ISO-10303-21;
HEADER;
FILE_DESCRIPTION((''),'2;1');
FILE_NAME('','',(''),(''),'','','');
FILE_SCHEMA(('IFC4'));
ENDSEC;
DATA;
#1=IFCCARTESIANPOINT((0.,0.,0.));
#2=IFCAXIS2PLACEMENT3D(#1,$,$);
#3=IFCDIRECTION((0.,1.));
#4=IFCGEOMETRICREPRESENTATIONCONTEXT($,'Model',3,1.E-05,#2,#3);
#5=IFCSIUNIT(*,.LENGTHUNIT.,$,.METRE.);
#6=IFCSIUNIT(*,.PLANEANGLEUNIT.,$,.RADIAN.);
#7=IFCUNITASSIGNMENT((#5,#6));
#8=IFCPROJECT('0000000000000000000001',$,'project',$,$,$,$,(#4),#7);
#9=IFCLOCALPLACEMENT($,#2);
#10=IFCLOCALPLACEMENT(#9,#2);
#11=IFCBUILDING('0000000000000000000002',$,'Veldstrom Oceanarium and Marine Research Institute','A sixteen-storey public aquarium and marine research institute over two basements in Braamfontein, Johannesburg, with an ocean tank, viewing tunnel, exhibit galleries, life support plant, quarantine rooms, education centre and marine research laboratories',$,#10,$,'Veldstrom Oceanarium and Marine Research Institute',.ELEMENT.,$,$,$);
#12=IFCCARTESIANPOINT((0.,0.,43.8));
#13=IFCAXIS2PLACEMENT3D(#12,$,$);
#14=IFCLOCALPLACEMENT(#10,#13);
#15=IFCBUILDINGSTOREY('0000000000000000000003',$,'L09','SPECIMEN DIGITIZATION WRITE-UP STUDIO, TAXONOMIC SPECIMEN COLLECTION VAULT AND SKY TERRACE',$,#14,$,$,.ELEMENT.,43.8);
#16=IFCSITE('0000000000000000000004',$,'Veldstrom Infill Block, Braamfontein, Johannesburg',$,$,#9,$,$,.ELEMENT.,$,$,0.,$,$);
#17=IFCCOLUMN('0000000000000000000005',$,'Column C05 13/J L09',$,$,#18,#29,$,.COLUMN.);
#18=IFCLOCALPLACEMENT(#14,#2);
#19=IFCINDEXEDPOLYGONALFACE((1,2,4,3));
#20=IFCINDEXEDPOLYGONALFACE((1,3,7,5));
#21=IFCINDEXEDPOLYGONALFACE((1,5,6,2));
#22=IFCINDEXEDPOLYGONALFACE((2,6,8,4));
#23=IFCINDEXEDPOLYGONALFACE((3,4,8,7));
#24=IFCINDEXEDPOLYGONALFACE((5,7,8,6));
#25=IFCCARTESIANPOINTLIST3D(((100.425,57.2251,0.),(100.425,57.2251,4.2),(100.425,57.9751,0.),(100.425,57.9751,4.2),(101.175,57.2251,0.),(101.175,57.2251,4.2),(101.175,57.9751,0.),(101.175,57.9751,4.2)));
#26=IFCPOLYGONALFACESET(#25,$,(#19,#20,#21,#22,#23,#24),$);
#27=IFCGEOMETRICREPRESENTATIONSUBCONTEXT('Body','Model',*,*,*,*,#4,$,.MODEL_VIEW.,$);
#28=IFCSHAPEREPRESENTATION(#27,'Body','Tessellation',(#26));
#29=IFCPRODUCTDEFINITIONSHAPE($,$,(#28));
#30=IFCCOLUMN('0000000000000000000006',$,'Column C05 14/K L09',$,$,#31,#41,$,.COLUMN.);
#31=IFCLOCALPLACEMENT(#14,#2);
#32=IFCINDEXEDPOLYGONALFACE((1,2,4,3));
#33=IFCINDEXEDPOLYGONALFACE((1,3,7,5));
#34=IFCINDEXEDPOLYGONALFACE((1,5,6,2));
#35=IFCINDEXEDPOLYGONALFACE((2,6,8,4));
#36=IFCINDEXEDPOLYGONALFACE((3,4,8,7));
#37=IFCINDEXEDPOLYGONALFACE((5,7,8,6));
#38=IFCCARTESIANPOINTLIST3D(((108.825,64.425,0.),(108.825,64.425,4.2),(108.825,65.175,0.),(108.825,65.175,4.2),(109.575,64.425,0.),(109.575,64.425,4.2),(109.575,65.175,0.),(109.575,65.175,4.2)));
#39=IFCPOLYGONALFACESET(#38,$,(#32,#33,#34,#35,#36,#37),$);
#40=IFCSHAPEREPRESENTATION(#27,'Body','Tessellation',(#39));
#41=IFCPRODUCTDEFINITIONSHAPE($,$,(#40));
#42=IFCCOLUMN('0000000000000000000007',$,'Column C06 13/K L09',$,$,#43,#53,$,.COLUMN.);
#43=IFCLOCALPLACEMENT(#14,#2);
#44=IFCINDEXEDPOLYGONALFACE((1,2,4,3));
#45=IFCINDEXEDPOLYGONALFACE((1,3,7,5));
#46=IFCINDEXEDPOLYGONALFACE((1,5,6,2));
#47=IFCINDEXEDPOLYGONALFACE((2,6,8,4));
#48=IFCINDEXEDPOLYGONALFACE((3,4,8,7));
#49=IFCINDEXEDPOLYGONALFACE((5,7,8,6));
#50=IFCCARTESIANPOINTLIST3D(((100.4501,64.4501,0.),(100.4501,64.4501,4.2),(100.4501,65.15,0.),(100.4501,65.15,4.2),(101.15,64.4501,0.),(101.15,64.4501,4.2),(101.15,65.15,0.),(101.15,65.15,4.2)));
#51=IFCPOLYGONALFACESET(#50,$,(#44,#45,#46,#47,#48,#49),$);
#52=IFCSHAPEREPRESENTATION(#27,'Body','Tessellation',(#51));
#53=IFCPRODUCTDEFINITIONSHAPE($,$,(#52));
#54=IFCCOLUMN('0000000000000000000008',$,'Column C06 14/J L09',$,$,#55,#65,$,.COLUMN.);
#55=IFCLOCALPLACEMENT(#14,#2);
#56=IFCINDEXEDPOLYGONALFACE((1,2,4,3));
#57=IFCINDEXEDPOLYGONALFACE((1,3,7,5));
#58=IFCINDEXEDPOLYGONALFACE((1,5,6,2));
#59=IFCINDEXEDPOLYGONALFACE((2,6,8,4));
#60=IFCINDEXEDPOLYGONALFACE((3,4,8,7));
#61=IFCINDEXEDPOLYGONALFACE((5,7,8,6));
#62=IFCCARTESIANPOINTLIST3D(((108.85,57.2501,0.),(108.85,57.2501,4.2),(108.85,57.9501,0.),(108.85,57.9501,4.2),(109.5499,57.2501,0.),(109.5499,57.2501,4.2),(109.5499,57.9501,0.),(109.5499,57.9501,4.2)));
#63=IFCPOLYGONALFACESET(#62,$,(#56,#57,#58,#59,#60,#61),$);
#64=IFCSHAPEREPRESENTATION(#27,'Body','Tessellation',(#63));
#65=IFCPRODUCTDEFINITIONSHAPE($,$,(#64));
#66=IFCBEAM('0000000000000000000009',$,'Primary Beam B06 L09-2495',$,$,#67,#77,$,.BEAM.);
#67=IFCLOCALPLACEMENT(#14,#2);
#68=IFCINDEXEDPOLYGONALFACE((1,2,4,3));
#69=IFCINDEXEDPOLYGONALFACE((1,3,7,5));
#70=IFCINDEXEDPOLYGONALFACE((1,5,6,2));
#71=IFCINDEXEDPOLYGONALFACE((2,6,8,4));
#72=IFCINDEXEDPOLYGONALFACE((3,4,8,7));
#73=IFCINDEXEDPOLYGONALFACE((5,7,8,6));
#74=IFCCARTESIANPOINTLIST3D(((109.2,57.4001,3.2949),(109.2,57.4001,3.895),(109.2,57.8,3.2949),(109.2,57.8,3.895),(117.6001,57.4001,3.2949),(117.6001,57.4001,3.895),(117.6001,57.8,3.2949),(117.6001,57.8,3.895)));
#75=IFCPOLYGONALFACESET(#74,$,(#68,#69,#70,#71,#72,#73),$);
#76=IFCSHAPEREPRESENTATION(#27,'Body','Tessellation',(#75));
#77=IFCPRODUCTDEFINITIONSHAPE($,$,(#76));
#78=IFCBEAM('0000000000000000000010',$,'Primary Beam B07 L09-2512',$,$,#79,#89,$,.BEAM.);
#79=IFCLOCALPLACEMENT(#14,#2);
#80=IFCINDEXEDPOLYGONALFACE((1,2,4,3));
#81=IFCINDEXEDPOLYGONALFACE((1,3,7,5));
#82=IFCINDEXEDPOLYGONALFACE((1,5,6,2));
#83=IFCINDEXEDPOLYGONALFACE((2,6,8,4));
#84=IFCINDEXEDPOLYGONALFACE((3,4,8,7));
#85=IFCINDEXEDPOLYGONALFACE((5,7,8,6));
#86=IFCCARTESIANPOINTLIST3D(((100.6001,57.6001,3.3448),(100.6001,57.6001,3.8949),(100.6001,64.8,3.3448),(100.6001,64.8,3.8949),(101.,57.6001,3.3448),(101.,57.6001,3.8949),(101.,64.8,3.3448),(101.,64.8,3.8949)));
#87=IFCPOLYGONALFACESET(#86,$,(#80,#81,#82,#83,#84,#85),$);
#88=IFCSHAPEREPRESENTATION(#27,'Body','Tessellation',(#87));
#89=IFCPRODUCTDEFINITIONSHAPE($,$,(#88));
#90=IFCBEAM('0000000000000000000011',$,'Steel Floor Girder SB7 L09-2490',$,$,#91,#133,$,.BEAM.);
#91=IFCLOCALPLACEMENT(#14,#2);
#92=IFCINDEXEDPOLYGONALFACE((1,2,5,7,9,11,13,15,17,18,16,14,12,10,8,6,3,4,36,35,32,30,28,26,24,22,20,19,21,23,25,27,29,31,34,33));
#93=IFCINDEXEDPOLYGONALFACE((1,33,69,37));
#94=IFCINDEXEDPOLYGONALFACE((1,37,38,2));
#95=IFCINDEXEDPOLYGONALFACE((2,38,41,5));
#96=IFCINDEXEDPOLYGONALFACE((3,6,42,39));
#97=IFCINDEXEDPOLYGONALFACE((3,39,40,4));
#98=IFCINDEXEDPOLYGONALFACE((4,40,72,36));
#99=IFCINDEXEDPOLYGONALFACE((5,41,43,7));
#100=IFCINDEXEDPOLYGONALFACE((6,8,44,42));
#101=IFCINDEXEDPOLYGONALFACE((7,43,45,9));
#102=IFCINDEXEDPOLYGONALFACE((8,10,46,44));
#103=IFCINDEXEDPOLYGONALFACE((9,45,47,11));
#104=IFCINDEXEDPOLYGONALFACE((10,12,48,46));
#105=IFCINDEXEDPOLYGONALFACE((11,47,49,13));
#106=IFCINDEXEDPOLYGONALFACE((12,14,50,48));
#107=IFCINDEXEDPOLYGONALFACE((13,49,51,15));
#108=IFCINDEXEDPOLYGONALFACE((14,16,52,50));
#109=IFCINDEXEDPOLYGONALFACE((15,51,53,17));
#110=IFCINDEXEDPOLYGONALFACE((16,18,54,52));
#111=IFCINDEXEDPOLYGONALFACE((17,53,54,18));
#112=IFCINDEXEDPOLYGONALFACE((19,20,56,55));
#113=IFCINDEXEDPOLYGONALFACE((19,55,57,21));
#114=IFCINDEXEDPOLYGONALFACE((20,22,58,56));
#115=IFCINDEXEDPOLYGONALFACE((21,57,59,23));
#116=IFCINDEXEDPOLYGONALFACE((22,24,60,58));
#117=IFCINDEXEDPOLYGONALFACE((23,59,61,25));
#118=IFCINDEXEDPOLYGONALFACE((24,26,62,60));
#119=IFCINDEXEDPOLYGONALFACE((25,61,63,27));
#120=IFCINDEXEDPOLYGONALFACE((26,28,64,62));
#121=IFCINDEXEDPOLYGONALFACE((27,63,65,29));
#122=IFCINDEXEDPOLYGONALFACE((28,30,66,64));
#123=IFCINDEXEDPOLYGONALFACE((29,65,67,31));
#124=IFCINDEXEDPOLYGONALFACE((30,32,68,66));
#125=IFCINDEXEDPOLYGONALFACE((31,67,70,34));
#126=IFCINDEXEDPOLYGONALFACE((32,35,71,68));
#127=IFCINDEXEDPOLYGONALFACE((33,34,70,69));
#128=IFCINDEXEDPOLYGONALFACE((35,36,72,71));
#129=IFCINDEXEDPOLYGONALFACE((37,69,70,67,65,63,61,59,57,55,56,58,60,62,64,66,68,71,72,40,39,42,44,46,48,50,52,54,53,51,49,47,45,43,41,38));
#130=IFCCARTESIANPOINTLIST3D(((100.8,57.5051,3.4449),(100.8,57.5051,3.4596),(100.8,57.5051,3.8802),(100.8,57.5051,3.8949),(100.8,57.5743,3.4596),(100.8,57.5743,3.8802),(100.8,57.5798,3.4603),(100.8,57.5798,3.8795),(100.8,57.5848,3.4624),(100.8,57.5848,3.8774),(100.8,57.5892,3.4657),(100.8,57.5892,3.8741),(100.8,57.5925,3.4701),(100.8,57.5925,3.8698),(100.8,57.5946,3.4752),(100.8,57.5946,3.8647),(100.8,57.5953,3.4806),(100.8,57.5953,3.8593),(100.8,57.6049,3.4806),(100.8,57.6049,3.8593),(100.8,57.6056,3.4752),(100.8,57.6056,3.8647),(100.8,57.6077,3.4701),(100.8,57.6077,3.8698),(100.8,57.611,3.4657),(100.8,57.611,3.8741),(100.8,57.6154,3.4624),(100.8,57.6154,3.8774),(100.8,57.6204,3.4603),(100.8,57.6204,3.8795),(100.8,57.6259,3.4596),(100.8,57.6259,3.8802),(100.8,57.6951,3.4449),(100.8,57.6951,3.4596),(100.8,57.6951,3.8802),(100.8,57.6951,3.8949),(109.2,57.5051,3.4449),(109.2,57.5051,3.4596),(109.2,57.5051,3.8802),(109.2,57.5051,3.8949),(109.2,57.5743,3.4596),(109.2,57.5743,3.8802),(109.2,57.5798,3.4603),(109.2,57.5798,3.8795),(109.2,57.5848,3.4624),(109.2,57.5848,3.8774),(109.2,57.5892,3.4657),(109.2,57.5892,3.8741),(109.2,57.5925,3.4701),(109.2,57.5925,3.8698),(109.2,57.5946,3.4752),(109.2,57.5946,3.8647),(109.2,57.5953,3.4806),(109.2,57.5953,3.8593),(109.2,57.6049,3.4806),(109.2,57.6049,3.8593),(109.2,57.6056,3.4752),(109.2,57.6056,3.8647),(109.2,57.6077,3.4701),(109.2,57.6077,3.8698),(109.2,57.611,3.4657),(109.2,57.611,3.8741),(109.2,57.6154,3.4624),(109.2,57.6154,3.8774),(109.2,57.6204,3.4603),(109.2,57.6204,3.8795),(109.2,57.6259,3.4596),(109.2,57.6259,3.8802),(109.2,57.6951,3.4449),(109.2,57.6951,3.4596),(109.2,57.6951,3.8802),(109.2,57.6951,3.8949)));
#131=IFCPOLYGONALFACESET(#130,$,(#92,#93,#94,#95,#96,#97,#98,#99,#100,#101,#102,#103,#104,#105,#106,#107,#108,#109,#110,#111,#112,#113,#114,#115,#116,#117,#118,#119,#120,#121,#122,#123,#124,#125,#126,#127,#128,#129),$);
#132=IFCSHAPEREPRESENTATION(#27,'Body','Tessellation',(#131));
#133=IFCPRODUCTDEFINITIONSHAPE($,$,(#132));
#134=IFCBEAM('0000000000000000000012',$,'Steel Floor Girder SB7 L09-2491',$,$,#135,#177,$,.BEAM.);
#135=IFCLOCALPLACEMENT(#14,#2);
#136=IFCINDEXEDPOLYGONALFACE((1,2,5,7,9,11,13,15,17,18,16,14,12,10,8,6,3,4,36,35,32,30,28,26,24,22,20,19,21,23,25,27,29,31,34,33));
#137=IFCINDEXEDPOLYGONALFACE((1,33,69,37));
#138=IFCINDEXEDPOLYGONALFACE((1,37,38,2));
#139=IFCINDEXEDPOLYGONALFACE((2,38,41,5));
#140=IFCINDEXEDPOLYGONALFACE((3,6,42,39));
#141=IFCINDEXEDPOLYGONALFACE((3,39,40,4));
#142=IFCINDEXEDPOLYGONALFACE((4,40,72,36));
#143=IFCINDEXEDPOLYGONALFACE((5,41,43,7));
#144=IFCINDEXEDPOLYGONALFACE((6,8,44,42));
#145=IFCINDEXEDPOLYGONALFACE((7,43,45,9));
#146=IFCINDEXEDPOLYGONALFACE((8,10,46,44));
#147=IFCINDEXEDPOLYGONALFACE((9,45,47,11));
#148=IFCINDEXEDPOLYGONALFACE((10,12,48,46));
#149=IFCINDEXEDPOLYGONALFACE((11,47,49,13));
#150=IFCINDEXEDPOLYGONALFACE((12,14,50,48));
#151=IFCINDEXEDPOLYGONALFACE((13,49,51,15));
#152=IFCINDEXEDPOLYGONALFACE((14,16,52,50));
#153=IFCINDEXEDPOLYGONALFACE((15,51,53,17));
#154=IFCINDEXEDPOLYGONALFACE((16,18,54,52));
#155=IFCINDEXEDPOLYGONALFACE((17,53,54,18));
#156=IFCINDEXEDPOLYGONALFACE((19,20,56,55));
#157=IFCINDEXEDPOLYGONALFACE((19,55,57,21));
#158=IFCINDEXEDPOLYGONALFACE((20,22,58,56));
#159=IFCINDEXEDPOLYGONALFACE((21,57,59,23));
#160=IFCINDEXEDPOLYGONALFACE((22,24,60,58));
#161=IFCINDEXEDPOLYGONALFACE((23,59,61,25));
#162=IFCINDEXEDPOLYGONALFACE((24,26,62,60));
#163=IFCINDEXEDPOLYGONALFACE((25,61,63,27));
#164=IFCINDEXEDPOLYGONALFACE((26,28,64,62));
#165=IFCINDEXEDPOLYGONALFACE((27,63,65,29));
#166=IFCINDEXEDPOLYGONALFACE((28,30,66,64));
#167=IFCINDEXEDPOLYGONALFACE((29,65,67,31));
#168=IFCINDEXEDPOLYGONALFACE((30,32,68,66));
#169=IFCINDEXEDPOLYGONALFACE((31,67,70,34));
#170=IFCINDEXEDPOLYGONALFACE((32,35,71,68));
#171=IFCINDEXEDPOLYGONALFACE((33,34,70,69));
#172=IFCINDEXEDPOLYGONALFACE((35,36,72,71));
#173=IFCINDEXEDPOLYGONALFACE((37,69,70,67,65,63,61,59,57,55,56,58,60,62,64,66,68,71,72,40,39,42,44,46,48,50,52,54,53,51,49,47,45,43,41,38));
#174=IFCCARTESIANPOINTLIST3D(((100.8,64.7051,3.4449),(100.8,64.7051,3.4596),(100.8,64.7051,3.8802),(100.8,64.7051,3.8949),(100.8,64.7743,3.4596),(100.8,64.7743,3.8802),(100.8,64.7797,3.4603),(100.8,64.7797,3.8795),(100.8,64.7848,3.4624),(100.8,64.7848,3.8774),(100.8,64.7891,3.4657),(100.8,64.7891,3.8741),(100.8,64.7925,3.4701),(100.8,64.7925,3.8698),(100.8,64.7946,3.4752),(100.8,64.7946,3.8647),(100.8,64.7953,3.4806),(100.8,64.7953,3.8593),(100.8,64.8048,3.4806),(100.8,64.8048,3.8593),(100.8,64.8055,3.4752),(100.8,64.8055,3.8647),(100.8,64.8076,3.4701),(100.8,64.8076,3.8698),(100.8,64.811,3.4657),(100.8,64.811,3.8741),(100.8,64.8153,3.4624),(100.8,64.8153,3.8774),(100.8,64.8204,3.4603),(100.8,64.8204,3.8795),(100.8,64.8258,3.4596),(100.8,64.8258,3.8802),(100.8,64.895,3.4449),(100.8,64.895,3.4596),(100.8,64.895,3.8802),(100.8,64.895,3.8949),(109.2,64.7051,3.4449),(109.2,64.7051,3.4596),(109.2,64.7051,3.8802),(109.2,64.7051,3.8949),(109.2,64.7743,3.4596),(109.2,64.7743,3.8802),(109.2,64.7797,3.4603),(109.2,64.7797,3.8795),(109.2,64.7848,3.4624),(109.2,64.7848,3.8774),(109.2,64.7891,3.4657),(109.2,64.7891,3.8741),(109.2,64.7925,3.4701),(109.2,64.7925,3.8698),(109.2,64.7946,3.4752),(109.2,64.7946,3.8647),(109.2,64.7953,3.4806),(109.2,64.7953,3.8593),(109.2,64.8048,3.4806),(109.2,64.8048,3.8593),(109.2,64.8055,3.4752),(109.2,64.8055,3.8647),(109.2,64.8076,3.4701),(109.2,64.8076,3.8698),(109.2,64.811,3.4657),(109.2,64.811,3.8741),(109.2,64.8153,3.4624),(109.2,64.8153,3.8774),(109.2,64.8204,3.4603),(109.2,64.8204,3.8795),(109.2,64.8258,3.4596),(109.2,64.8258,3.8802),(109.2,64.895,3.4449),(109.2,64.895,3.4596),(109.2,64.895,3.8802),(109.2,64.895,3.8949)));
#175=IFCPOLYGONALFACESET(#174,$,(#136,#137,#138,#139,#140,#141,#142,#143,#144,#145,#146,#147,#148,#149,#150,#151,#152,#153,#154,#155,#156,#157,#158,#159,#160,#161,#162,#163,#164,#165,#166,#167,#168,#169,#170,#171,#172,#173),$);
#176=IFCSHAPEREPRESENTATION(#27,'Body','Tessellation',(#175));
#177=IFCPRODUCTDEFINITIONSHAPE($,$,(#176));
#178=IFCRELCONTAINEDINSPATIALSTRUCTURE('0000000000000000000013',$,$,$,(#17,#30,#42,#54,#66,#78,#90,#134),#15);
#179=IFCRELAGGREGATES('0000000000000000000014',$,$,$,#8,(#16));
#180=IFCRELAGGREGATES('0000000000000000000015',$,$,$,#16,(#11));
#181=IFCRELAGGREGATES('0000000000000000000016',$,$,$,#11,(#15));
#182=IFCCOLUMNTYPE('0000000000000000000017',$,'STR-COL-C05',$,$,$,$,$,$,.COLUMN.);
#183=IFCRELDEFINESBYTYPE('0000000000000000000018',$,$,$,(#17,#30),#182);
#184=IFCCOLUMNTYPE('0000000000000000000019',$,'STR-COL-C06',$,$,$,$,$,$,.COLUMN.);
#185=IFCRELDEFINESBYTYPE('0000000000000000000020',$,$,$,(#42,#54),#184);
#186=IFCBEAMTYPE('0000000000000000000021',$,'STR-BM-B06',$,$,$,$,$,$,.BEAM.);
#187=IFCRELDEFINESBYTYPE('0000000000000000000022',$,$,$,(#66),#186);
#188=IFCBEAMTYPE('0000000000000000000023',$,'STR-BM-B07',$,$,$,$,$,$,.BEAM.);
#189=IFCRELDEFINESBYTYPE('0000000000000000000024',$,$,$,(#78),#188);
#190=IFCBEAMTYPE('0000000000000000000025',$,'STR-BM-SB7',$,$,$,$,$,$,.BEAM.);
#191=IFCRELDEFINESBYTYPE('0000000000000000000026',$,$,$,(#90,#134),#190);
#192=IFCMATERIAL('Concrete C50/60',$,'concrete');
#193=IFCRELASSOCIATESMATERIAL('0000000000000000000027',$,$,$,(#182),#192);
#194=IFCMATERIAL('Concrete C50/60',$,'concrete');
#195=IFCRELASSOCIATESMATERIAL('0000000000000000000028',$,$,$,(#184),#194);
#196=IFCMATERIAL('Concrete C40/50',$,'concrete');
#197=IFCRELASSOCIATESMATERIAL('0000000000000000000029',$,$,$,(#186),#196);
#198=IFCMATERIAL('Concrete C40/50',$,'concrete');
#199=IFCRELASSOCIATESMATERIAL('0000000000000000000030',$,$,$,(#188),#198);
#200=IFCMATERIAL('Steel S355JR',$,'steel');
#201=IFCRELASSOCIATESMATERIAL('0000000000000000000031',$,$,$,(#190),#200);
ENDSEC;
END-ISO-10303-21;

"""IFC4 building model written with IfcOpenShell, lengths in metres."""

from ifc_helpers import new_model, si_unit, direction, frame, origin, origin_2d, place, context, subcontext, project, spatial, rectangle, i_section, extrude, material, material_profile, profile_set, type_object, element, save


model = new_model("IFC4")

# Units and contexts
model_context = context("Model", 3, precision=1e-05, world=origin(), true_north=direction((0.0, 1.0)))
body_context = subcontext(model_context, "Body", "Model", "MODEL_VIEW")
ifc_project = project(units=[si_unit("LENGTHUNIT", "METRE"), si_unit("PLANEANGLEUNIT", "RADIAN")], contexts=[model_context])

# Site, building, storey
site_placement = place(None, origin())
site = spatial("IfcSite", under=ifc_project, at=site_placement, Name="Veldstrom Infill Block, Braamfontein, Johannesburg", CompositionType="ELEMENT", RefElevation=0.0)
building_placement = place(site_placement, origin())
building = spatial("IfcBuilding", under=site, at=building_placement, Name="Veldstrom Oceanarium and Marine Research Institute", Description="A sixteen-storey public aquarium and marine research institute over two basements in Braamfontein, Johannesburg, with an ocean tank, viewing tunnel, exhibit galleries, life support plant, quarantine rooms, education centre and marine research laboratories", LongName="Veldstrom Oceanarium and Marine Research Institute", CompositionType="ELEMENT")
storey_placement = place(building_placement, frame((0.0, 0.0, 43.8)))
storey = spatial("IfcBuildingStorey", under=building, at=storey_placement, Name="L09", Description="SPECIMEN DIGITIZATION WRITE-UP STUDIO, TAXONOMIC SPECIMEN COLLECTION VAULT AND SKY TERRACE", CompositionType="ELEMENT", Elevation=43.8)

# Columns
ifc_material_1 = material(Name="Concrete C50/60", Category="concrete")
ifc_material_profile_1 = material_profile(ifc_material_1, rectangle(XDim=0.75, YDim=0.75, at=origin_2d()), Name="RC-COL-750x750")
ifc_profile_set_1 = profile_set([ifc_material_profile_1], Name="Concrete C50/60")
column_type_1 = type_object("IfcColumnType", Name="STR-COL-C05", PredefinedType="COLUMN", material=ifc_profile_set_1)
for number, where, z_axis, x_axis, name in (
    (1, (100.8, 57.6001, 0.0), (0.0, 0.0, 1.0), (1.0, 0.0, 0.0), "Column C05 13/J L09"),
    (2, (109.2, 64.8, 0.0), (0.0, 0.0, 1.0), (1.0, 0.0, 0.0), "Column C05 14/K L09"),
):
    element("IfcColumn", number, at=place(storey_placement, frame(where, z_axis=z_axis, x_axis=x_axis)), inside=storey, type_object=column_type_1, Name=name, PredefinedType="COLUMN", context=body_context, shape_type="SweptSolid", body=[
        extrude(rectangle(XDim=0.75, YDim=0.75, at=origin_2d()), origin(), (0.0, 0.0, 1.0), 4.2),
    ])
ifc_material_2 = material(Name="Concrete C50/60", Category="concrete")
ifc_material_profile_2 = material_profile(ifc_material_2, rectangle(XDim=0.7, YDim=0.7, at=origin_2d()), Name="RC-COL-700x700")
ifc_profile_set_2 = profile_set([ifc_material_profile_2], Name="Concrete C50/60")
column_type_2 = type_object("IfcColumnType", Name="STR-COL-C06", PredefinedType="COLUMN", material=ifc_profile_set_2)
for number, where, z_axis, x_axis, name in (
    (3, (100.8, 64.8, 0.0), (0.0, 0.0, 1.0), (1.0, 0.0, 0.0), "Column C06 13/K L09"),
    (4, (109.2, 57.6001, 0.0), (0.0, 0.0, 1.0), (1.0, 0.0, 0.0), "Column C06 14/J L09"),
):
    element("IfcColumn", number, at=place(storey_placement, frame(where, z_axis=z_axis, x_axis=x_axis)), inside=storey, type_object=column_type_2, Name=name, PredefinedType="COLUMN", context=body_context, shape_type="SweptSolid", body=[
        extrude(rectangle(XDim=0.7, YDim=0.7, at=origin_2d()), origin(), (0.0, 0.0, 1.0), 4.2),
    ])

# Beams
ifc_material_3 = material(Name="Concrete C40/50", Category="concrete")
ifc_material_profile_3 = material_profile(ifc_material_3, rectangle(XDim=0.3999, YDim=0.6001, at=origin_2d()), Name="RC-BM-400x600")
ifc_profile_set_3 = profile_set([ifc_material_profile_3], Name="Concrete C40/50")
beam_type_1 = type_object("IfcBeamType", Name="STR-BM-B06", PredefinedType="BEAM", material=ifc_profile_set_3)
beam_1_placement = place(storey_placement, frame((109.2, 57.6001, 3.595), z_axis=(1.0, 0.0, 0.0), x_axis=(0.0, 1.0, 0.0)))
element("IfcBeam", 5, at=beam_1_placement, inside=storey, type_object=beam_type_1, Name="Primary Beam B06 L09-2495", PredefinedType="BEAM", context=body_context, shape_type="SweptSolid", body=[
    extrude(rectangle(XDim=0.3999, YDim=0.6001, at=origin_2d()), origin(), (0.0, 0.0, 1.0), 8.4001),
])
ifc_material_4 = material(Name="Concrete C40/50", Category="concrete")
ifc_material_profile_4 = material_profile(ifc_material_4, rectangle(XDim=0.3999, YDim=0.55, at=origin_2d()), Name="RC-BM-400x550")
ifc_profile_set_4 = profile_set([ifc_material_profile_4], Name="Concrete C40/50")
beam_type_2 = type_object("IfcBeamType", Name="STR-BM-B07", PredefinedType="BEAM", material=ifc_profile_set_4)
beam_2_placement = place(storey_placement, frame((100.8, 57.6001, 3.6199), z_axis=(0.0, 1.0, 0.0), x_axis=(-1.0, 0.0, 0.0)))
element("IfcBeam", 6, at=beam_2_placement, inside=storey, type_object=beam_type_2, Name="Primary Beam B07 L09-2512", PredefinedType="BEAM", context=body_context, shape_type="SweptSolid", body=[
    extrude(rectangle(XDim=0.3999, YDim=0.55, at=origin_2d()), origin(), (0.0, 0.0, 1.0), 7.2),
])
ifc_material_5 = material(Name="Steel S355JR", Category="steel")
ifc_material_profile_5 = material_profile(ifc_material_5, i_section(OverallWidth=0.1899, OverallDepth=0.45, WebThickness=0.0095, FlangeThickness=0.0146, FilletRadius=0.021, at=origin_2d()), Name="IPE 450")
ifc_profile_set_5 = profile_set([ifc_material_profile_5], Name="Steel S355JR")
beam_type_3 = type_object("IfcBeamType", Name="STR-BM-SB7", PredefinedType="BEAM", material=ifc_profile_set_5)
for number, where, z_axis, x_axis, name in (
    (7, (100.8, 57.6001, 3.6699), (1.0, 0.0, 0.0), (0.0, 1.0, 0.0), "Steel Floor Girder SB7 L09-2490"),
    (8, (100.8, 64.8, 3.6699), (1.0, 0.0, 0.0), (0.0, 1.0, 0.0), "Steel Floor Girder SB7 L09-2491"),
):
    element("IfcBeam", number, at=place(storey_placement, frame(where, z_axis=z_axis, x_axis=x_axis)), inside=storey, type_object=beam_type_3, Name=name, PredefinedType="BEAM", context=body_context, shape_type="SweptSolid", body=[
        extrude(i_section(OverallWidth=0.1899, OverallDepth=0.45, WebThickness=0.0095, FlangeThickness=0.0146, FilletRadius=0.021, at=origin_2d()), origin(), (0.0, 0.0, 1.0), 8.3999),
    ])

save(model, "model.ifc")
